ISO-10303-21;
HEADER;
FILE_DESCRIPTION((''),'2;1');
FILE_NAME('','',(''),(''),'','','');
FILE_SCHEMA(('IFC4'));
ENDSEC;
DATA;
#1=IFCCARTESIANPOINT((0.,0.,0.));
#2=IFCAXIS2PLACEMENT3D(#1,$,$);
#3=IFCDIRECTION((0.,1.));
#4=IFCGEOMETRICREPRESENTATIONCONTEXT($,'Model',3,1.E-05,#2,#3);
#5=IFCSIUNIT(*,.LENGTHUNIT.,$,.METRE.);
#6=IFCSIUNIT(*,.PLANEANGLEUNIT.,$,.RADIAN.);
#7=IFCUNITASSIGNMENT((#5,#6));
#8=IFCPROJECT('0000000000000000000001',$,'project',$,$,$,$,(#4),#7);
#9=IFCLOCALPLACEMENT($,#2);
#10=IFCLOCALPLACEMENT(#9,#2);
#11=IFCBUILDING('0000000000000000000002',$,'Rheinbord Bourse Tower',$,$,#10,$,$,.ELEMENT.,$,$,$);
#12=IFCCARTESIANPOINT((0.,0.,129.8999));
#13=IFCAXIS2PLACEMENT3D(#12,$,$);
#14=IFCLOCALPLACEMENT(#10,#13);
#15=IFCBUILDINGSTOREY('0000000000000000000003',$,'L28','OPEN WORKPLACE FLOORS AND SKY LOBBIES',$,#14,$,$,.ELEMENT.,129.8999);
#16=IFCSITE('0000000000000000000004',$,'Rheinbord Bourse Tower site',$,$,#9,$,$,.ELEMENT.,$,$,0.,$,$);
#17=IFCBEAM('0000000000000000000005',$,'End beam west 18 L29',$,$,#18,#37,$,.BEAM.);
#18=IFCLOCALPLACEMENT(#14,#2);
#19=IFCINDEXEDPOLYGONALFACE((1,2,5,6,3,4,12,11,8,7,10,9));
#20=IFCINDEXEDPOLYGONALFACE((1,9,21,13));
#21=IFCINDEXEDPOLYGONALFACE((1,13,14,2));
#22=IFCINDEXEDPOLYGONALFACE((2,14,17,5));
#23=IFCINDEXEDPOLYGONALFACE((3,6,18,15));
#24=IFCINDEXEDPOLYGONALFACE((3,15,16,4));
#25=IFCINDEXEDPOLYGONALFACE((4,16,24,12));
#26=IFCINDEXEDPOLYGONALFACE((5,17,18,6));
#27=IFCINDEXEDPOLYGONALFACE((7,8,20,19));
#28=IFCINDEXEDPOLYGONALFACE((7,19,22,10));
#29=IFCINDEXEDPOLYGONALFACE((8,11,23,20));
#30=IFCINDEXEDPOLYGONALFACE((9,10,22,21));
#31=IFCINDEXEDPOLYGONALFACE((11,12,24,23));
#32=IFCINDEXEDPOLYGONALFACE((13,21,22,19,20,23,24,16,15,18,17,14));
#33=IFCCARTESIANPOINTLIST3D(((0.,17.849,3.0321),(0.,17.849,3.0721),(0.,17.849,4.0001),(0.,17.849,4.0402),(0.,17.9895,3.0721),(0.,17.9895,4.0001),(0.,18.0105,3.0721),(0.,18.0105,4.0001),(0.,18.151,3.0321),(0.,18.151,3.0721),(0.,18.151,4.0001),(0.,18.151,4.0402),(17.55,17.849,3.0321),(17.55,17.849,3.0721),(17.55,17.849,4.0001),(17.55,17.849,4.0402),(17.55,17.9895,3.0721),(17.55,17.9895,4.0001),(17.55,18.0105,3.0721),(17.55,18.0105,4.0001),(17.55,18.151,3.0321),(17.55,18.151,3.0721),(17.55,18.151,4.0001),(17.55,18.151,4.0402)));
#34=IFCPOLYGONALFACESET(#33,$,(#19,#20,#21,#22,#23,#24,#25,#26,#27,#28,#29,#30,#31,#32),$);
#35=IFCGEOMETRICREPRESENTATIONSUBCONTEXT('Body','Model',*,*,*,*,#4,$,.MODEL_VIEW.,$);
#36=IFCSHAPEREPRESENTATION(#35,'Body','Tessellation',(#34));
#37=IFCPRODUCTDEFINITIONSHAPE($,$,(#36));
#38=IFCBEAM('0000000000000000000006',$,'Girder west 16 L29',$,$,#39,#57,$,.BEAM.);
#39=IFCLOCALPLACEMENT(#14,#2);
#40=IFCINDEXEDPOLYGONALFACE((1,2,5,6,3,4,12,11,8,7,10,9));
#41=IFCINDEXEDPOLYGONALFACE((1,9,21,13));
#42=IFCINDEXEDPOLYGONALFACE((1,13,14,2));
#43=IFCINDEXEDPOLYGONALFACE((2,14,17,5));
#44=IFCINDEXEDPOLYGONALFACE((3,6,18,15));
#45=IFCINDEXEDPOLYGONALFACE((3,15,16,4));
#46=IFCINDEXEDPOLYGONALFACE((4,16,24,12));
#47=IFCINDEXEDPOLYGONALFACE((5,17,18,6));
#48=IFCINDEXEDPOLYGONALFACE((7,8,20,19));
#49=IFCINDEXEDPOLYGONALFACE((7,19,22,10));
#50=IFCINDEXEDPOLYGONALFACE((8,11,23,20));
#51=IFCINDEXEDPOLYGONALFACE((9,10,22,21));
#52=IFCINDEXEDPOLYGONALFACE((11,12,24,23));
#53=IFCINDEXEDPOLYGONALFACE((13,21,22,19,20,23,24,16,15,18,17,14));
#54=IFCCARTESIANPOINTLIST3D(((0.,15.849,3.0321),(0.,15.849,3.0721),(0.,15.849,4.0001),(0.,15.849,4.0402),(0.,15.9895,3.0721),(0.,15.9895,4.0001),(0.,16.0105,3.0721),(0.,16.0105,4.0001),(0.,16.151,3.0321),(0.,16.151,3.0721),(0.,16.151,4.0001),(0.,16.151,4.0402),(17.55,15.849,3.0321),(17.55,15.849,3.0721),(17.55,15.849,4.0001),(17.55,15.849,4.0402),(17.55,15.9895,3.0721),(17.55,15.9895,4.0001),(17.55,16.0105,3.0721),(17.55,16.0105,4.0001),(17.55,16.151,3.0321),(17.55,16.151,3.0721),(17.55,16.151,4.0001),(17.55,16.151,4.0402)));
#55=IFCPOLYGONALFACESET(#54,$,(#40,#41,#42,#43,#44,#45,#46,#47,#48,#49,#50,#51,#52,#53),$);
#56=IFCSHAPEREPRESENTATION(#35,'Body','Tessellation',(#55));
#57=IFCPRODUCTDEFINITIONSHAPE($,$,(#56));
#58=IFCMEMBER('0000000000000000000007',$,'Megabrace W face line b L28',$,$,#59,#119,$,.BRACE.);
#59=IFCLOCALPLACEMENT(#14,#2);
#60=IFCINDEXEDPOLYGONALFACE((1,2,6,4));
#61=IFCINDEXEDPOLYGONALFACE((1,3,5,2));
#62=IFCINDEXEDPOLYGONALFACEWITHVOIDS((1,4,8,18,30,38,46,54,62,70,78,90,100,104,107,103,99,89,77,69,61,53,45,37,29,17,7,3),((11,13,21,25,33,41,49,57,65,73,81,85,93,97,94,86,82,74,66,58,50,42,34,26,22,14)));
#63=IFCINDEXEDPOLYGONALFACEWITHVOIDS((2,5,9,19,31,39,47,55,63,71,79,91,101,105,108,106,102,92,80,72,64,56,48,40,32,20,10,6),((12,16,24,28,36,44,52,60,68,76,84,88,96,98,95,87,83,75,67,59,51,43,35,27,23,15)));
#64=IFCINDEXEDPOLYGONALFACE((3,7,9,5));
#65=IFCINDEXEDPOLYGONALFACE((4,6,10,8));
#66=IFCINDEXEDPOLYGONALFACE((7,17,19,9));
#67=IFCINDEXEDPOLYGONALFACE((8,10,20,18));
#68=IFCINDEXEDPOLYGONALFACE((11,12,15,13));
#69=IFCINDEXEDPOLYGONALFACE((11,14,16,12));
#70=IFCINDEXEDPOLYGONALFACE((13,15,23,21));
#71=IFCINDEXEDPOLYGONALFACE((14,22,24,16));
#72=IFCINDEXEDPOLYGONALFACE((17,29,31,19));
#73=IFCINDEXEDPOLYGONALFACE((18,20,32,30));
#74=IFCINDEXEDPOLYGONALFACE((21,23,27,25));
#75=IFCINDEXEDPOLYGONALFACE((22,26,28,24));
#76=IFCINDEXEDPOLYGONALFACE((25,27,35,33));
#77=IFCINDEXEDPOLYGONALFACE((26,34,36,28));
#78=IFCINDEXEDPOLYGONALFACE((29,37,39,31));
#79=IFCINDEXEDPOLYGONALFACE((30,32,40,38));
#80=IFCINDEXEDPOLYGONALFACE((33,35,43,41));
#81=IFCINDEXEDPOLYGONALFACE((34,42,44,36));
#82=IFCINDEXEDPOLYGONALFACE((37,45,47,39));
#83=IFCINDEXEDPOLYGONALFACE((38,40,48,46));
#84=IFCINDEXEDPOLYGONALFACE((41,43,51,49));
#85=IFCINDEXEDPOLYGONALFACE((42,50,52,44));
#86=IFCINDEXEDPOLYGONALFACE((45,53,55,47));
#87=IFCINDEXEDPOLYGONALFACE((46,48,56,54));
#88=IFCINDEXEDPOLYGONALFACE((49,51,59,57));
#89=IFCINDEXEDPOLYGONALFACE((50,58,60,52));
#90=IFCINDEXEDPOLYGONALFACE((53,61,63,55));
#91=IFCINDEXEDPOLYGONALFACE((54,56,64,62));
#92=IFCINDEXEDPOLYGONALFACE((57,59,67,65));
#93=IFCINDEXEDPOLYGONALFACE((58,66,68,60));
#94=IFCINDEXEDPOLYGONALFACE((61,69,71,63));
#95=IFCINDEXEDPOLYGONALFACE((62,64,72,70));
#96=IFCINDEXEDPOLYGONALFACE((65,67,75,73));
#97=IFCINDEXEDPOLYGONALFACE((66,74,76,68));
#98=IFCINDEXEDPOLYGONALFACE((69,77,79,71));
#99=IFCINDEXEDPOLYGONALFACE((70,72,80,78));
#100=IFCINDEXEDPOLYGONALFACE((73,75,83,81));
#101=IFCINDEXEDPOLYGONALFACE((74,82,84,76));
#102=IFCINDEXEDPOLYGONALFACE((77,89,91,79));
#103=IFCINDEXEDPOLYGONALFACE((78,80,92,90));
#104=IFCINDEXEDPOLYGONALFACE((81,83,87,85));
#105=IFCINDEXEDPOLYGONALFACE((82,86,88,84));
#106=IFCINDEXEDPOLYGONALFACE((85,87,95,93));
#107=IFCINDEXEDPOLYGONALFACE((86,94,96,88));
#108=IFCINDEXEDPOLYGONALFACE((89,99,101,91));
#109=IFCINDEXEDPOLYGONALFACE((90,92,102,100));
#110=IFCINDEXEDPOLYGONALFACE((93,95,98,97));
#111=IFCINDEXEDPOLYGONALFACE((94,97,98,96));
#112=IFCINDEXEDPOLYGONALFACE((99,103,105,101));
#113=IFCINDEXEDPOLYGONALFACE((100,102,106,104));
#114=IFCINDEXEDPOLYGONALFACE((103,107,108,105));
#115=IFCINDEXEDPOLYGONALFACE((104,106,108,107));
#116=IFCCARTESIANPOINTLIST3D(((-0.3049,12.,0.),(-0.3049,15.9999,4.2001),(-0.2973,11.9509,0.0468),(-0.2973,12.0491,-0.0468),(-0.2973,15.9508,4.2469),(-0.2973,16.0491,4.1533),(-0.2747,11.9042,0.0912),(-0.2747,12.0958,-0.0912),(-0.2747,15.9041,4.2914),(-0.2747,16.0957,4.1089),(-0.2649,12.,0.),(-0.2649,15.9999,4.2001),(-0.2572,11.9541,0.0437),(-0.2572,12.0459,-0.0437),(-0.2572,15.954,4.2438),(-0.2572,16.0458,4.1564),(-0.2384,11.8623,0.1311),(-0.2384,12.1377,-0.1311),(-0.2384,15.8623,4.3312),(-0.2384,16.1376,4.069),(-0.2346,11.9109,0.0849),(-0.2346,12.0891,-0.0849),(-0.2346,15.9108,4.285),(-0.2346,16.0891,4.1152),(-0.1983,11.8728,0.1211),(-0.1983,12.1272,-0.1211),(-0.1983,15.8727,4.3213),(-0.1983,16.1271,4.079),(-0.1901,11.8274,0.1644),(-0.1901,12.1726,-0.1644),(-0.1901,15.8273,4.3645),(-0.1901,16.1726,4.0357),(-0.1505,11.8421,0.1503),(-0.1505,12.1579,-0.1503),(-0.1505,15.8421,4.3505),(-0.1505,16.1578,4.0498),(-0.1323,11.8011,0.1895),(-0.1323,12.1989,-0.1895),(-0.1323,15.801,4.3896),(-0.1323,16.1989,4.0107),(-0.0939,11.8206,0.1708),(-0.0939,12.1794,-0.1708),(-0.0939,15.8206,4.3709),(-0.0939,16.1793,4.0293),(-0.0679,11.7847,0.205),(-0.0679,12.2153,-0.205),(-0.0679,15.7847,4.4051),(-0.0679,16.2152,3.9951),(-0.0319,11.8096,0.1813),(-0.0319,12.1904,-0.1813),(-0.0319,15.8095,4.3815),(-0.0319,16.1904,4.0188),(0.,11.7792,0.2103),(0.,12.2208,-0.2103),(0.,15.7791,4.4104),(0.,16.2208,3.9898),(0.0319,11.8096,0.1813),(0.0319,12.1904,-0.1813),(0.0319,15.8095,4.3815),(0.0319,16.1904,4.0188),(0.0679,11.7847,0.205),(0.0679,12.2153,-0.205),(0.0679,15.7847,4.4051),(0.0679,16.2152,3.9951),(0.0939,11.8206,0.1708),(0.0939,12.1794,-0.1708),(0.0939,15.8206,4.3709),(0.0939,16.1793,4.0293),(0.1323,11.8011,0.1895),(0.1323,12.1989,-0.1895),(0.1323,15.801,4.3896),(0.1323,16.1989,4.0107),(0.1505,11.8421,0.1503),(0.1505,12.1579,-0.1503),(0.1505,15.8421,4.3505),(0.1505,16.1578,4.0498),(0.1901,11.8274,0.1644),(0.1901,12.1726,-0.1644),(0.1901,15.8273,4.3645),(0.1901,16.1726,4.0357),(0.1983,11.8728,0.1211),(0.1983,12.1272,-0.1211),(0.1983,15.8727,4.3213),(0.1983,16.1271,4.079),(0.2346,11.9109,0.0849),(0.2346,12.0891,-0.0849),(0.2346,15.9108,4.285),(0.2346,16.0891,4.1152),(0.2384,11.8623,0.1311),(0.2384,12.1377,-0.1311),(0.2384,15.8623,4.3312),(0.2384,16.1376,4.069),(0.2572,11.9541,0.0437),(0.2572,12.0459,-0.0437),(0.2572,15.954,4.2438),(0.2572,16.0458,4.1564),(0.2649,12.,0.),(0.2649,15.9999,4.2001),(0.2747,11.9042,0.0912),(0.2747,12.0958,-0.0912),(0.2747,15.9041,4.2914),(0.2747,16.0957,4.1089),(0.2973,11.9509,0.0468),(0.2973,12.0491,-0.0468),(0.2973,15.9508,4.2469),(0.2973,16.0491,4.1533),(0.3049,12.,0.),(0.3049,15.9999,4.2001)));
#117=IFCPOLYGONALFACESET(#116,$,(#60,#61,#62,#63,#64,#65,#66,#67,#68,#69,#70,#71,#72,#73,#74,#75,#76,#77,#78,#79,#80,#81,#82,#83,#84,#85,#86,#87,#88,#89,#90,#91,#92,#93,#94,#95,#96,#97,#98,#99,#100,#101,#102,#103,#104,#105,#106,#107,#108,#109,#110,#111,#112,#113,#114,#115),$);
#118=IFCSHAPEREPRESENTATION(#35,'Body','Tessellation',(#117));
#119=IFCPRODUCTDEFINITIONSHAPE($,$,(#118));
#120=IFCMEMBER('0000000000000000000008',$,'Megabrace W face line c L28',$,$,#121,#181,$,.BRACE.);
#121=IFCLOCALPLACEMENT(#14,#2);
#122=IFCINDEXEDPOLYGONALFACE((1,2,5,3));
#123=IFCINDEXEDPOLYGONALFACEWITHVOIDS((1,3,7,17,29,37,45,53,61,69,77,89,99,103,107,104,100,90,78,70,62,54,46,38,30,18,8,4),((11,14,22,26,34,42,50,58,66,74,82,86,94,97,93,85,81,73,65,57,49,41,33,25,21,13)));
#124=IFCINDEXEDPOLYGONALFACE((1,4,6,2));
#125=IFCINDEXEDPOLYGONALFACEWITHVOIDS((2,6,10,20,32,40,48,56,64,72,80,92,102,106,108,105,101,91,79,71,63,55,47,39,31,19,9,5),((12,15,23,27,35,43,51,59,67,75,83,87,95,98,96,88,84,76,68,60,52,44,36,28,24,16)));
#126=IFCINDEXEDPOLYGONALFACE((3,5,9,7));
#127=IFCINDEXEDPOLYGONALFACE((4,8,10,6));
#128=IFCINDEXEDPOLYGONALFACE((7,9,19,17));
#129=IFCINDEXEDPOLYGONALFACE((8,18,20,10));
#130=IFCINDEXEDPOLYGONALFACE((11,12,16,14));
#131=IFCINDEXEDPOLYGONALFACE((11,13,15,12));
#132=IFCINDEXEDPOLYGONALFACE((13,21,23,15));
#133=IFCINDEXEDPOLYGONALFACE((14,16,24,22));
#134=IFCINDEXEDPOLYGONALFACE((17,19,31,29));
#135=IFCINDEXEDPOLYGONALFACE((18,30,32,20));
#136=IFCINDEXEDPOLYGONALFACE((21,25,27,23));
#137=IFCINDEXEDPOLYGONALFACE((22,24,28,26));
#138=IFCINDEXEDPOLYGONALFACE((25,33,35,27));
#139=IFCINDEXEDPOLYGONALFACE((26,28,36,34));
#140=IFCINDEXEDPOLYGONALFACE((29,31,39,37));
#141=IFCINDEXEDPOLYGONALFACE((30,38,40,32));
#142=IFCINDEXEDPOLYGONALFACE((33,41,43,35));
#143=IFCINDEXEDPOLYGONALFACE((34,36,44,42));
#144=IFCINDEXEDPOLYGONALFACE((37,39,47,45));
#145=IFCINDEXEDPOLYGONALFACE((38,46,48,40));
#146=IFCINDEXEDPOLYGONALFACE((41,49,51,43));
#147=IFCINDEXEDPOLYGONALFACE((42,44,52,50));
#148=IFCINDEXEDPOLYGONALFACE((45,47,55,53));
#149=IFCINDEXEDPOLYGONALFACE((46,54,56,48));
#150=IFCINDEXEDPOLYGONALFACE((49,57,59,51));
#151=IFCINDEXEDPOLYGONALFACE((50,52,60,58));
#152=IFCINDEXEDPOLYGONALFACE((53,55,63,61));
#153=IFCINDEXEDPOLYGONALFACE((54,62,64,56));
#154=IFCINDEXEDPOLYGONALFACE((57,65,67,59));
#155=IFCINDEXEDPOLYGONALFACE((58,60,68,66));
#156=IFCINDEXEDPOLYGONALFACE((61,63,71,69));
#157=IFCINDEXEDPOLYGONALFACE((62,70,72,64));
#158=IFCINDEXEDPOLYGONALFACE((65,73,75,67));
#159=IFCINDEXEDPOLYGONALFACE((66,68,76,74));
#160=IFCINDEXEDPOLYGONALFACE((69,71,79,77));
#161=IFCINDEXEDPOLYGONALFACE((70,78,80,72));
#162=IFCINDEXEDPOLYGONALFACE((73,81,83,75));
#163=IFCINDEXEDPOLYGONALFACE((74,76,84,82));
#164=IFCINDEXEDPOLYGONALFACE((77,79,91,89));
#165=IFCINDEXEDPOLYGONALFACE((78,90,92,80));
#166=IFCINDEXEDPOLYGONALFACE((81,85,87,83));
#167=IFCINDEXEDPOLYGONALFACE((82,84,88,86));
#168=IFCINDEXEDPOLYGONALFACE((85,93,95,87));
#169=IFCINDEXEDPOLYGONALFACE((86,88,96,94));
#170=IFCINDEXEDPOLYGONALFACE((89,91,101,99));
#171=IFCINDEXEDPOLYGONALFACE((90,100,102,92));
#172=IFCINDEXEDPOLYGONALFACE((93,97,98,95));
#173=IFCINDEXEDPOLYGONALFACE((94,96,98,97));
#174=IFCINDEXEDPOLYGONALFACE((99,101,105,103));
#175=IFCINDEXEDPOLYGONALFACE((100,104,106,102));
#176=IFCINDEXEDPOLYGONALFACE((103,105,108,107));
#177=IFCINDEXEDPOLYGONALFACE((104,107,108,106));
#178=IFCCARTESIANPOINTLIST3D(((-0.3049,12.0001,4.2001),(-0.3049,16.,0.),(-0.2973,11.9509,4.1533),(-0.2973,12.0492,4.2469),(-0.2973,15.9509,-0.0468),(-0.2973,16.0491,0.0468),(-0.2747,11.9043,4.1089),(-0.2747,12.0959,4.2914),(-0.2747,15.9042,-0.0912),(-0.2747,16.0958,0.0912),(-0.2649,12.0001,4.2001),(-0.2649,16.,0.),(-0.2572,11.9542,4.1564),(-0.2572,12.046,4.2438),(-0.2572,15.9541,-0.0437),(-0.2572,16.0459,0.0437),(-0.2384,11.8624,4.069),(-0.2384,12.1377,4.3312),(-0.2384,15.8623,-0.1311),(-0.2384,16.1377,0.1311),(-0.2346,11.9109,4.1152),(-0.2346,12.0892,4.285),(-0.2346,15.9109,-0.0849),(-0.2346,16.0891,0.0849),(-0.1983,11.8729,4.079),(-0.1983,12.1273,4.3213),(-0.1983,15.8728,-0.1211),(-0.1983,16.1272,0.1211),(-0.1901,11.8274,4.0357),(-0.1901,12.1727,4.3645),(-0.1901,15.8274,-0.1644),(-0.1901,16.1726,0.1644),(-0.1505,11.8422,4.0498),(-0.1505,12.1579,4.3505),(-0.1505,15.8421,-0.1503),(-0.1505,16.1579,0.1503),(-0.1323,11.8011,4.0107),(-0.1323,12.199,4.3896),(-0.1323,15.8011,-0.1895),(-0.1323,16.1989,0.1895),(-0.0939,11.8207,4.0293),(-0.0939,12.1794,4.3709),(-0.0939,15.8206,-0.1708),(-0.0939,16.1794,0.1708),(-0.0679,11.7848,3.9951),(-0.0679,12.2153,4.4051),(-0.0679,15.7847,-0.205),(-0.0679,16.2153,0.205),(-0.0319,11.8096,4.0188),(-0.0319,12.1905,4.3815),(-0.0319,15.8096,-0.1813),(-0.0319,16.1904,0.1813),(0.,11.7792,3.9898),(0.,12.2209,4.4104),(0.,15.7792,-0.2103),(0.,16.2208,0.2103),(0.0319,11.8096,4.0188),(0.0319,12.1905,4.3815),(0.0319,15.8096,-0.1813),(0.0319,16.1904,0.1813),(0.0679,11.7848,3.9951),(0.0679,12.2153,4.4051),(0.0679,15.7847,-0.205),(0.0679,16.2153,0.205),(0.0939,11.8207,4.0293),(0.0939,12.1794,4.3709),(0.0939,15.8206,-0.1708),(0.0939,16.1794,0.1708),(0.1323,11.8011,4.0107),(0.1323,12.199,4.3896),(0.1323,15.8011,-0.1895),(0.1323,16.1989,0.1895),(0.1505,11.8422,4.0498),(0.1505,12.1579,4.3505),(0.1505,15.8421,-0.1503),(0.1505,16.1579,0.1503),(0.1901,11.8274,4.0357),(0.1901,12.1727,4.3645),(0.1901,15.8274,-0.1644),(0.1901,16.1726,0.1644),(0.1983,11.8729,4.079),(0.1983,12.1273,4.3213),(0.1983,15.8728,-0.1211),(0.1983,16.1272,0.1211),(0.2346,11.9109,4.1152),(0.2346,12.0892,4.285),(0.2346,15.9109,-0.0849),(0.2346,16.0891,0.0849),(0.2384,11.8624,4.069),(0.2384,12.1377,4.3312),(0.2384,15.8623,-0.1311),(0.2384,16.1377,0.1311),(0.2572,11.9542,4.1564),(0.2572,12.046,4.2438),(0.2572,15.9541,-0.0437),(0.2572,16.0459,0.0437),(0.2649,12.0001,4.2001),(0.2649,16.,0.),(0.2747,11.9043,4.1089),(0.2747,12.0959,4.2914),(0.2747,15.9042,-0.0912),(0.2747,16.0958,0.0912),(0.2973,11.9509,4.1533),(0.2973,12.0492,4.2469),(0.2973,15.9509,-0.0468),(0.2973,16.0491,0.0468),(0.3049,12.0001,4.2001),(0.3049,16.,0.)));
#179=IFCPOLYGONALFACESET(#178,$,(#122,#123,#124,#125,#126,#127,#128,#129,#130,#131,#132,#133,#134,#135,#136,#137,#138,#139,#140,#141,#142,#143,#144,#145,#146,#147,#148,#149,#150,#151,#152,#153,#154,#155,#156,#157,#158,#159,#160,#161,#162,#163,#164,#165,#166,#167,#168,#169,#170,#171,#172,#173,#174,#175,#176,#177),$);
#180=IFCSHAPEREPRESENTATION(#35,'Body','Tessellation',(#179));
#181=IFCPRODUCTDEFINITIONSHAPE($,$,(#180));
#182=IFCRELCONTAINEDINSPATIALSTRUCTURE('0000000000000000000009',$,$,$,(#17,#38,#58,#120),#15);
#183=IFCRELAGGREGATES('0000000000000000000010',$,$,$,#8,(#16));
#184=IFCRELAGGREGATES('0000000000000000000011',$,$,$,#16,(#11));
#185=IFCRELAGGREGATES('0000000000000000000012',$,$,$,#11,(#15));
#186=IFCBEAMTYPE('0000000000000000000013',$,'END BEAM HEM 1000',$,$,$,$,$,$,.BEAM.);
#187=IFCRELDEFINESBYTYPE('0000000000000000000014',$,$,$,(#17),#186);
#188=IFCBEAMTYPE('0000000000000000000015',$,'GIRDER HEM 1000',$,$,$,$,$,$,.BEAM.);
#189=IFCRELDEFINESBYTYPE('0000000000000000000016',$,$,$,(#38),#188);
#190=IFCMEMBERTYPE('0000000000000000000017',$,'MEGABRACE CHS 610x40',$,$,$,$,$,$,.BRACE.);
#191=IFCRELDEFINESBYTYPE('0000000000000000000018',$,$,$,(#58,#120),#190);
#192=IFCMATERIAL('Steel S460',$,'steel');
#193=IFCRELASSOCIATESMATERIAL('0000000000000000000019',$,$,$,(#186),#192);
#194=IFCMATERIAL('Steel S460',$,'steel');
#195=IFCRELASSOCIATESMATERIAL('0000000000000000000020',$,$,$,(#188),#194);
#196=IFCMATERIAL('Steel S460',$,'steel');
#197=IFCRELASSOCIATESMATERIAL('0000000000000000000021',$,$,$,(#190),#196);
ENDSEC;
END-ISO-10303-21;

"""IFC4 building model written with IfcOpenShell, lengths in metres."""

from ifc_helpers import new_model, si_unit, direction, frame, origin, origin_2d, place, context, subcontext, project, spatial, hollow_circle, i_section, extrude, material, material_profile, profile_set, type_object, element, save


model = new_model("IFC4")

# Units and contexts
model_context = context("Model", 3, precision=1e-05, world=origin(), true_north=direction((0.0, 1.0)))
body_context = subcontext(model_context, "Body", "Model", "MODEL_VIEW")
ifc_project = project(units=[si_unit("LENGTHUNIT", "METRE"), si_unit("PLANEANGLEUNIT", "RADIAN")], contexts=[model_context])

# Site, building, storey
site_placement = place(None, origin())
site = spatial("IfcSite", under=ifc_project, at=site_placement, Name="Rheinbord Bourse Tower site", CompositionType="ELEMENT", RefElevation=0.0)
building_placement = place(site_placement, origin())
building = spatial("IfcBuilding", under=site, at=building_placement, Name="Rheinbord Bourse Tower", CompositionType="ELEMENT")
storey_placement = place(building_placement, frame((0.0, 0.0, 129.8999)))
storey = spatial("IfcBuildingStorey", under=building, at=storey_placement, Name="L28", Description="OPEN WORKPLACE FLOORS AND SKY LOBBIES", CompositionType="ELEMENT", Elevation=129.8999)

# Beams
ifc_material_1 = material(Name="Steel S460", Category="steel")
ifc_material_profile_1 = material_profile(ifc_material_1, i_section(OverallWidth=0.302, OverallDepth=1.0081, WebThickness=0.021, FlangeThickness=0.04, at=origin_2d()), Name="HEM 1000")
ifc_profile_set_1 = profile_set([ifc_material_profile_1], Name="Steel S460")
beam_type_1 = type_object("IfcBeamType", Name="END BEAM HEM 1000", PredefinedType="BEAM", material=ifc_profile_set_1)
beam_1_placement = place(storey_placement, frame((0.0, 18.0, 3.5361), z_axis=(1.0, 0.0, 0.0), x_axis=(0.0, 1.0, 0.0)))
element("IfcBeam", 1, at=beam_1_placement, inside=storey, type_object=beam_type_1, Name="End beam west 18 L29", PredefinedType="BEAM", context=body_context, shape_type="SweptSolid", body=[
    extrude(i_section(OverallWidth=0.302, OverallDepth=1.0081, WebThickness=0.021, FlangeThickness=0.04, at=origin_2d()), origin(), (0.0, 0.0, 1.0), 17.55),
])
ifc_material_2 = material(Name="Steel S460", Category="steel")
ifc_material_profile_2 = material_profile(ifc_material_2, i_section(OverallWidth=0.302, OverallDepth=1.0081, WebThickness=0.021, FlangeThickness=0.04, at=origin_2d()), Name="HEM 1000")
ifc_profile_set_2 = profile_set([ifc_material_profile_2], Name="Steel S460")
beam_type_2 = type_object("IfcBeamType", Name="GIRDER HEM 1000", PredefinedType="BEAM", material=ifc_profile_set_2)
beam_2_placement = place(storey_placement, frame((0.0, 16.0, 3.5361), z_axis=(1.0, 0.0, 0.0), x_axis=(0.0, 1.0, 0.0)))
element("IfcBeam", 2, at=beam_2_placement, inside=storey, type_object=beam_type_2, Name="Girder west 16 L29", PredefinedType="BEAM", context=body_context, shape_type="SweptSolid", body=[
    extrude(i_section(OverallWidth=0.302, OverallDepth=1.0081, WebThickness=0.021, FlangeThickness=0.04, at=origin_2d()), origin(), (0.0, 0.0, 1.0), 17.55),
])

# Members
ifc_material_3 = material(Name="Steel S460", Category="steel")
ifc_material_profile_3 = material_profile(ifc_material_3, hollow_circle(Radius=0.3049, WallThickness=0.04, at=origin_2d()), Name="CHS 610x40")
ifc_profile_set_3 = profile_set([ifc_material_profile_3], Name="Steel S460")
member_type_1 = type_object("IfcMemberType", Name="MEGABRACE CHS 610x40", PredefinedType="BRACE", material=ifc_profile_set_3)
for number, where, z_axis, x_axis, name in (
    (3, (0.0, 12.0, 0.0), (0.0, 0.689638, 0.724154), (-1.0, 0.0, 0.0), "Megabrace W face line b L28"),
    (4, (0.0, 16.0, 0.0), (0.0, -0.689638, 0.724154), (1.0, 0.0, 0.0), "Megabrace W face line c L28"),
):
    element("IfcMember", number, at=place(storey_placement, frame(where, z_axis=z_axis, x_axis=x_axis)), inside=storey, type_object=member_type_1, Name=name, PredefinedType="BRACE", context=body_context, shape_type="SweptSolid", body=[
        extrude(hollow_circle(Radius=0.3049, WallThickness=0.04, at=origin_2d()), origin(), (0.0, 0.0, 1.0), 5.8),
    ])

save(model, "model.ifc")
